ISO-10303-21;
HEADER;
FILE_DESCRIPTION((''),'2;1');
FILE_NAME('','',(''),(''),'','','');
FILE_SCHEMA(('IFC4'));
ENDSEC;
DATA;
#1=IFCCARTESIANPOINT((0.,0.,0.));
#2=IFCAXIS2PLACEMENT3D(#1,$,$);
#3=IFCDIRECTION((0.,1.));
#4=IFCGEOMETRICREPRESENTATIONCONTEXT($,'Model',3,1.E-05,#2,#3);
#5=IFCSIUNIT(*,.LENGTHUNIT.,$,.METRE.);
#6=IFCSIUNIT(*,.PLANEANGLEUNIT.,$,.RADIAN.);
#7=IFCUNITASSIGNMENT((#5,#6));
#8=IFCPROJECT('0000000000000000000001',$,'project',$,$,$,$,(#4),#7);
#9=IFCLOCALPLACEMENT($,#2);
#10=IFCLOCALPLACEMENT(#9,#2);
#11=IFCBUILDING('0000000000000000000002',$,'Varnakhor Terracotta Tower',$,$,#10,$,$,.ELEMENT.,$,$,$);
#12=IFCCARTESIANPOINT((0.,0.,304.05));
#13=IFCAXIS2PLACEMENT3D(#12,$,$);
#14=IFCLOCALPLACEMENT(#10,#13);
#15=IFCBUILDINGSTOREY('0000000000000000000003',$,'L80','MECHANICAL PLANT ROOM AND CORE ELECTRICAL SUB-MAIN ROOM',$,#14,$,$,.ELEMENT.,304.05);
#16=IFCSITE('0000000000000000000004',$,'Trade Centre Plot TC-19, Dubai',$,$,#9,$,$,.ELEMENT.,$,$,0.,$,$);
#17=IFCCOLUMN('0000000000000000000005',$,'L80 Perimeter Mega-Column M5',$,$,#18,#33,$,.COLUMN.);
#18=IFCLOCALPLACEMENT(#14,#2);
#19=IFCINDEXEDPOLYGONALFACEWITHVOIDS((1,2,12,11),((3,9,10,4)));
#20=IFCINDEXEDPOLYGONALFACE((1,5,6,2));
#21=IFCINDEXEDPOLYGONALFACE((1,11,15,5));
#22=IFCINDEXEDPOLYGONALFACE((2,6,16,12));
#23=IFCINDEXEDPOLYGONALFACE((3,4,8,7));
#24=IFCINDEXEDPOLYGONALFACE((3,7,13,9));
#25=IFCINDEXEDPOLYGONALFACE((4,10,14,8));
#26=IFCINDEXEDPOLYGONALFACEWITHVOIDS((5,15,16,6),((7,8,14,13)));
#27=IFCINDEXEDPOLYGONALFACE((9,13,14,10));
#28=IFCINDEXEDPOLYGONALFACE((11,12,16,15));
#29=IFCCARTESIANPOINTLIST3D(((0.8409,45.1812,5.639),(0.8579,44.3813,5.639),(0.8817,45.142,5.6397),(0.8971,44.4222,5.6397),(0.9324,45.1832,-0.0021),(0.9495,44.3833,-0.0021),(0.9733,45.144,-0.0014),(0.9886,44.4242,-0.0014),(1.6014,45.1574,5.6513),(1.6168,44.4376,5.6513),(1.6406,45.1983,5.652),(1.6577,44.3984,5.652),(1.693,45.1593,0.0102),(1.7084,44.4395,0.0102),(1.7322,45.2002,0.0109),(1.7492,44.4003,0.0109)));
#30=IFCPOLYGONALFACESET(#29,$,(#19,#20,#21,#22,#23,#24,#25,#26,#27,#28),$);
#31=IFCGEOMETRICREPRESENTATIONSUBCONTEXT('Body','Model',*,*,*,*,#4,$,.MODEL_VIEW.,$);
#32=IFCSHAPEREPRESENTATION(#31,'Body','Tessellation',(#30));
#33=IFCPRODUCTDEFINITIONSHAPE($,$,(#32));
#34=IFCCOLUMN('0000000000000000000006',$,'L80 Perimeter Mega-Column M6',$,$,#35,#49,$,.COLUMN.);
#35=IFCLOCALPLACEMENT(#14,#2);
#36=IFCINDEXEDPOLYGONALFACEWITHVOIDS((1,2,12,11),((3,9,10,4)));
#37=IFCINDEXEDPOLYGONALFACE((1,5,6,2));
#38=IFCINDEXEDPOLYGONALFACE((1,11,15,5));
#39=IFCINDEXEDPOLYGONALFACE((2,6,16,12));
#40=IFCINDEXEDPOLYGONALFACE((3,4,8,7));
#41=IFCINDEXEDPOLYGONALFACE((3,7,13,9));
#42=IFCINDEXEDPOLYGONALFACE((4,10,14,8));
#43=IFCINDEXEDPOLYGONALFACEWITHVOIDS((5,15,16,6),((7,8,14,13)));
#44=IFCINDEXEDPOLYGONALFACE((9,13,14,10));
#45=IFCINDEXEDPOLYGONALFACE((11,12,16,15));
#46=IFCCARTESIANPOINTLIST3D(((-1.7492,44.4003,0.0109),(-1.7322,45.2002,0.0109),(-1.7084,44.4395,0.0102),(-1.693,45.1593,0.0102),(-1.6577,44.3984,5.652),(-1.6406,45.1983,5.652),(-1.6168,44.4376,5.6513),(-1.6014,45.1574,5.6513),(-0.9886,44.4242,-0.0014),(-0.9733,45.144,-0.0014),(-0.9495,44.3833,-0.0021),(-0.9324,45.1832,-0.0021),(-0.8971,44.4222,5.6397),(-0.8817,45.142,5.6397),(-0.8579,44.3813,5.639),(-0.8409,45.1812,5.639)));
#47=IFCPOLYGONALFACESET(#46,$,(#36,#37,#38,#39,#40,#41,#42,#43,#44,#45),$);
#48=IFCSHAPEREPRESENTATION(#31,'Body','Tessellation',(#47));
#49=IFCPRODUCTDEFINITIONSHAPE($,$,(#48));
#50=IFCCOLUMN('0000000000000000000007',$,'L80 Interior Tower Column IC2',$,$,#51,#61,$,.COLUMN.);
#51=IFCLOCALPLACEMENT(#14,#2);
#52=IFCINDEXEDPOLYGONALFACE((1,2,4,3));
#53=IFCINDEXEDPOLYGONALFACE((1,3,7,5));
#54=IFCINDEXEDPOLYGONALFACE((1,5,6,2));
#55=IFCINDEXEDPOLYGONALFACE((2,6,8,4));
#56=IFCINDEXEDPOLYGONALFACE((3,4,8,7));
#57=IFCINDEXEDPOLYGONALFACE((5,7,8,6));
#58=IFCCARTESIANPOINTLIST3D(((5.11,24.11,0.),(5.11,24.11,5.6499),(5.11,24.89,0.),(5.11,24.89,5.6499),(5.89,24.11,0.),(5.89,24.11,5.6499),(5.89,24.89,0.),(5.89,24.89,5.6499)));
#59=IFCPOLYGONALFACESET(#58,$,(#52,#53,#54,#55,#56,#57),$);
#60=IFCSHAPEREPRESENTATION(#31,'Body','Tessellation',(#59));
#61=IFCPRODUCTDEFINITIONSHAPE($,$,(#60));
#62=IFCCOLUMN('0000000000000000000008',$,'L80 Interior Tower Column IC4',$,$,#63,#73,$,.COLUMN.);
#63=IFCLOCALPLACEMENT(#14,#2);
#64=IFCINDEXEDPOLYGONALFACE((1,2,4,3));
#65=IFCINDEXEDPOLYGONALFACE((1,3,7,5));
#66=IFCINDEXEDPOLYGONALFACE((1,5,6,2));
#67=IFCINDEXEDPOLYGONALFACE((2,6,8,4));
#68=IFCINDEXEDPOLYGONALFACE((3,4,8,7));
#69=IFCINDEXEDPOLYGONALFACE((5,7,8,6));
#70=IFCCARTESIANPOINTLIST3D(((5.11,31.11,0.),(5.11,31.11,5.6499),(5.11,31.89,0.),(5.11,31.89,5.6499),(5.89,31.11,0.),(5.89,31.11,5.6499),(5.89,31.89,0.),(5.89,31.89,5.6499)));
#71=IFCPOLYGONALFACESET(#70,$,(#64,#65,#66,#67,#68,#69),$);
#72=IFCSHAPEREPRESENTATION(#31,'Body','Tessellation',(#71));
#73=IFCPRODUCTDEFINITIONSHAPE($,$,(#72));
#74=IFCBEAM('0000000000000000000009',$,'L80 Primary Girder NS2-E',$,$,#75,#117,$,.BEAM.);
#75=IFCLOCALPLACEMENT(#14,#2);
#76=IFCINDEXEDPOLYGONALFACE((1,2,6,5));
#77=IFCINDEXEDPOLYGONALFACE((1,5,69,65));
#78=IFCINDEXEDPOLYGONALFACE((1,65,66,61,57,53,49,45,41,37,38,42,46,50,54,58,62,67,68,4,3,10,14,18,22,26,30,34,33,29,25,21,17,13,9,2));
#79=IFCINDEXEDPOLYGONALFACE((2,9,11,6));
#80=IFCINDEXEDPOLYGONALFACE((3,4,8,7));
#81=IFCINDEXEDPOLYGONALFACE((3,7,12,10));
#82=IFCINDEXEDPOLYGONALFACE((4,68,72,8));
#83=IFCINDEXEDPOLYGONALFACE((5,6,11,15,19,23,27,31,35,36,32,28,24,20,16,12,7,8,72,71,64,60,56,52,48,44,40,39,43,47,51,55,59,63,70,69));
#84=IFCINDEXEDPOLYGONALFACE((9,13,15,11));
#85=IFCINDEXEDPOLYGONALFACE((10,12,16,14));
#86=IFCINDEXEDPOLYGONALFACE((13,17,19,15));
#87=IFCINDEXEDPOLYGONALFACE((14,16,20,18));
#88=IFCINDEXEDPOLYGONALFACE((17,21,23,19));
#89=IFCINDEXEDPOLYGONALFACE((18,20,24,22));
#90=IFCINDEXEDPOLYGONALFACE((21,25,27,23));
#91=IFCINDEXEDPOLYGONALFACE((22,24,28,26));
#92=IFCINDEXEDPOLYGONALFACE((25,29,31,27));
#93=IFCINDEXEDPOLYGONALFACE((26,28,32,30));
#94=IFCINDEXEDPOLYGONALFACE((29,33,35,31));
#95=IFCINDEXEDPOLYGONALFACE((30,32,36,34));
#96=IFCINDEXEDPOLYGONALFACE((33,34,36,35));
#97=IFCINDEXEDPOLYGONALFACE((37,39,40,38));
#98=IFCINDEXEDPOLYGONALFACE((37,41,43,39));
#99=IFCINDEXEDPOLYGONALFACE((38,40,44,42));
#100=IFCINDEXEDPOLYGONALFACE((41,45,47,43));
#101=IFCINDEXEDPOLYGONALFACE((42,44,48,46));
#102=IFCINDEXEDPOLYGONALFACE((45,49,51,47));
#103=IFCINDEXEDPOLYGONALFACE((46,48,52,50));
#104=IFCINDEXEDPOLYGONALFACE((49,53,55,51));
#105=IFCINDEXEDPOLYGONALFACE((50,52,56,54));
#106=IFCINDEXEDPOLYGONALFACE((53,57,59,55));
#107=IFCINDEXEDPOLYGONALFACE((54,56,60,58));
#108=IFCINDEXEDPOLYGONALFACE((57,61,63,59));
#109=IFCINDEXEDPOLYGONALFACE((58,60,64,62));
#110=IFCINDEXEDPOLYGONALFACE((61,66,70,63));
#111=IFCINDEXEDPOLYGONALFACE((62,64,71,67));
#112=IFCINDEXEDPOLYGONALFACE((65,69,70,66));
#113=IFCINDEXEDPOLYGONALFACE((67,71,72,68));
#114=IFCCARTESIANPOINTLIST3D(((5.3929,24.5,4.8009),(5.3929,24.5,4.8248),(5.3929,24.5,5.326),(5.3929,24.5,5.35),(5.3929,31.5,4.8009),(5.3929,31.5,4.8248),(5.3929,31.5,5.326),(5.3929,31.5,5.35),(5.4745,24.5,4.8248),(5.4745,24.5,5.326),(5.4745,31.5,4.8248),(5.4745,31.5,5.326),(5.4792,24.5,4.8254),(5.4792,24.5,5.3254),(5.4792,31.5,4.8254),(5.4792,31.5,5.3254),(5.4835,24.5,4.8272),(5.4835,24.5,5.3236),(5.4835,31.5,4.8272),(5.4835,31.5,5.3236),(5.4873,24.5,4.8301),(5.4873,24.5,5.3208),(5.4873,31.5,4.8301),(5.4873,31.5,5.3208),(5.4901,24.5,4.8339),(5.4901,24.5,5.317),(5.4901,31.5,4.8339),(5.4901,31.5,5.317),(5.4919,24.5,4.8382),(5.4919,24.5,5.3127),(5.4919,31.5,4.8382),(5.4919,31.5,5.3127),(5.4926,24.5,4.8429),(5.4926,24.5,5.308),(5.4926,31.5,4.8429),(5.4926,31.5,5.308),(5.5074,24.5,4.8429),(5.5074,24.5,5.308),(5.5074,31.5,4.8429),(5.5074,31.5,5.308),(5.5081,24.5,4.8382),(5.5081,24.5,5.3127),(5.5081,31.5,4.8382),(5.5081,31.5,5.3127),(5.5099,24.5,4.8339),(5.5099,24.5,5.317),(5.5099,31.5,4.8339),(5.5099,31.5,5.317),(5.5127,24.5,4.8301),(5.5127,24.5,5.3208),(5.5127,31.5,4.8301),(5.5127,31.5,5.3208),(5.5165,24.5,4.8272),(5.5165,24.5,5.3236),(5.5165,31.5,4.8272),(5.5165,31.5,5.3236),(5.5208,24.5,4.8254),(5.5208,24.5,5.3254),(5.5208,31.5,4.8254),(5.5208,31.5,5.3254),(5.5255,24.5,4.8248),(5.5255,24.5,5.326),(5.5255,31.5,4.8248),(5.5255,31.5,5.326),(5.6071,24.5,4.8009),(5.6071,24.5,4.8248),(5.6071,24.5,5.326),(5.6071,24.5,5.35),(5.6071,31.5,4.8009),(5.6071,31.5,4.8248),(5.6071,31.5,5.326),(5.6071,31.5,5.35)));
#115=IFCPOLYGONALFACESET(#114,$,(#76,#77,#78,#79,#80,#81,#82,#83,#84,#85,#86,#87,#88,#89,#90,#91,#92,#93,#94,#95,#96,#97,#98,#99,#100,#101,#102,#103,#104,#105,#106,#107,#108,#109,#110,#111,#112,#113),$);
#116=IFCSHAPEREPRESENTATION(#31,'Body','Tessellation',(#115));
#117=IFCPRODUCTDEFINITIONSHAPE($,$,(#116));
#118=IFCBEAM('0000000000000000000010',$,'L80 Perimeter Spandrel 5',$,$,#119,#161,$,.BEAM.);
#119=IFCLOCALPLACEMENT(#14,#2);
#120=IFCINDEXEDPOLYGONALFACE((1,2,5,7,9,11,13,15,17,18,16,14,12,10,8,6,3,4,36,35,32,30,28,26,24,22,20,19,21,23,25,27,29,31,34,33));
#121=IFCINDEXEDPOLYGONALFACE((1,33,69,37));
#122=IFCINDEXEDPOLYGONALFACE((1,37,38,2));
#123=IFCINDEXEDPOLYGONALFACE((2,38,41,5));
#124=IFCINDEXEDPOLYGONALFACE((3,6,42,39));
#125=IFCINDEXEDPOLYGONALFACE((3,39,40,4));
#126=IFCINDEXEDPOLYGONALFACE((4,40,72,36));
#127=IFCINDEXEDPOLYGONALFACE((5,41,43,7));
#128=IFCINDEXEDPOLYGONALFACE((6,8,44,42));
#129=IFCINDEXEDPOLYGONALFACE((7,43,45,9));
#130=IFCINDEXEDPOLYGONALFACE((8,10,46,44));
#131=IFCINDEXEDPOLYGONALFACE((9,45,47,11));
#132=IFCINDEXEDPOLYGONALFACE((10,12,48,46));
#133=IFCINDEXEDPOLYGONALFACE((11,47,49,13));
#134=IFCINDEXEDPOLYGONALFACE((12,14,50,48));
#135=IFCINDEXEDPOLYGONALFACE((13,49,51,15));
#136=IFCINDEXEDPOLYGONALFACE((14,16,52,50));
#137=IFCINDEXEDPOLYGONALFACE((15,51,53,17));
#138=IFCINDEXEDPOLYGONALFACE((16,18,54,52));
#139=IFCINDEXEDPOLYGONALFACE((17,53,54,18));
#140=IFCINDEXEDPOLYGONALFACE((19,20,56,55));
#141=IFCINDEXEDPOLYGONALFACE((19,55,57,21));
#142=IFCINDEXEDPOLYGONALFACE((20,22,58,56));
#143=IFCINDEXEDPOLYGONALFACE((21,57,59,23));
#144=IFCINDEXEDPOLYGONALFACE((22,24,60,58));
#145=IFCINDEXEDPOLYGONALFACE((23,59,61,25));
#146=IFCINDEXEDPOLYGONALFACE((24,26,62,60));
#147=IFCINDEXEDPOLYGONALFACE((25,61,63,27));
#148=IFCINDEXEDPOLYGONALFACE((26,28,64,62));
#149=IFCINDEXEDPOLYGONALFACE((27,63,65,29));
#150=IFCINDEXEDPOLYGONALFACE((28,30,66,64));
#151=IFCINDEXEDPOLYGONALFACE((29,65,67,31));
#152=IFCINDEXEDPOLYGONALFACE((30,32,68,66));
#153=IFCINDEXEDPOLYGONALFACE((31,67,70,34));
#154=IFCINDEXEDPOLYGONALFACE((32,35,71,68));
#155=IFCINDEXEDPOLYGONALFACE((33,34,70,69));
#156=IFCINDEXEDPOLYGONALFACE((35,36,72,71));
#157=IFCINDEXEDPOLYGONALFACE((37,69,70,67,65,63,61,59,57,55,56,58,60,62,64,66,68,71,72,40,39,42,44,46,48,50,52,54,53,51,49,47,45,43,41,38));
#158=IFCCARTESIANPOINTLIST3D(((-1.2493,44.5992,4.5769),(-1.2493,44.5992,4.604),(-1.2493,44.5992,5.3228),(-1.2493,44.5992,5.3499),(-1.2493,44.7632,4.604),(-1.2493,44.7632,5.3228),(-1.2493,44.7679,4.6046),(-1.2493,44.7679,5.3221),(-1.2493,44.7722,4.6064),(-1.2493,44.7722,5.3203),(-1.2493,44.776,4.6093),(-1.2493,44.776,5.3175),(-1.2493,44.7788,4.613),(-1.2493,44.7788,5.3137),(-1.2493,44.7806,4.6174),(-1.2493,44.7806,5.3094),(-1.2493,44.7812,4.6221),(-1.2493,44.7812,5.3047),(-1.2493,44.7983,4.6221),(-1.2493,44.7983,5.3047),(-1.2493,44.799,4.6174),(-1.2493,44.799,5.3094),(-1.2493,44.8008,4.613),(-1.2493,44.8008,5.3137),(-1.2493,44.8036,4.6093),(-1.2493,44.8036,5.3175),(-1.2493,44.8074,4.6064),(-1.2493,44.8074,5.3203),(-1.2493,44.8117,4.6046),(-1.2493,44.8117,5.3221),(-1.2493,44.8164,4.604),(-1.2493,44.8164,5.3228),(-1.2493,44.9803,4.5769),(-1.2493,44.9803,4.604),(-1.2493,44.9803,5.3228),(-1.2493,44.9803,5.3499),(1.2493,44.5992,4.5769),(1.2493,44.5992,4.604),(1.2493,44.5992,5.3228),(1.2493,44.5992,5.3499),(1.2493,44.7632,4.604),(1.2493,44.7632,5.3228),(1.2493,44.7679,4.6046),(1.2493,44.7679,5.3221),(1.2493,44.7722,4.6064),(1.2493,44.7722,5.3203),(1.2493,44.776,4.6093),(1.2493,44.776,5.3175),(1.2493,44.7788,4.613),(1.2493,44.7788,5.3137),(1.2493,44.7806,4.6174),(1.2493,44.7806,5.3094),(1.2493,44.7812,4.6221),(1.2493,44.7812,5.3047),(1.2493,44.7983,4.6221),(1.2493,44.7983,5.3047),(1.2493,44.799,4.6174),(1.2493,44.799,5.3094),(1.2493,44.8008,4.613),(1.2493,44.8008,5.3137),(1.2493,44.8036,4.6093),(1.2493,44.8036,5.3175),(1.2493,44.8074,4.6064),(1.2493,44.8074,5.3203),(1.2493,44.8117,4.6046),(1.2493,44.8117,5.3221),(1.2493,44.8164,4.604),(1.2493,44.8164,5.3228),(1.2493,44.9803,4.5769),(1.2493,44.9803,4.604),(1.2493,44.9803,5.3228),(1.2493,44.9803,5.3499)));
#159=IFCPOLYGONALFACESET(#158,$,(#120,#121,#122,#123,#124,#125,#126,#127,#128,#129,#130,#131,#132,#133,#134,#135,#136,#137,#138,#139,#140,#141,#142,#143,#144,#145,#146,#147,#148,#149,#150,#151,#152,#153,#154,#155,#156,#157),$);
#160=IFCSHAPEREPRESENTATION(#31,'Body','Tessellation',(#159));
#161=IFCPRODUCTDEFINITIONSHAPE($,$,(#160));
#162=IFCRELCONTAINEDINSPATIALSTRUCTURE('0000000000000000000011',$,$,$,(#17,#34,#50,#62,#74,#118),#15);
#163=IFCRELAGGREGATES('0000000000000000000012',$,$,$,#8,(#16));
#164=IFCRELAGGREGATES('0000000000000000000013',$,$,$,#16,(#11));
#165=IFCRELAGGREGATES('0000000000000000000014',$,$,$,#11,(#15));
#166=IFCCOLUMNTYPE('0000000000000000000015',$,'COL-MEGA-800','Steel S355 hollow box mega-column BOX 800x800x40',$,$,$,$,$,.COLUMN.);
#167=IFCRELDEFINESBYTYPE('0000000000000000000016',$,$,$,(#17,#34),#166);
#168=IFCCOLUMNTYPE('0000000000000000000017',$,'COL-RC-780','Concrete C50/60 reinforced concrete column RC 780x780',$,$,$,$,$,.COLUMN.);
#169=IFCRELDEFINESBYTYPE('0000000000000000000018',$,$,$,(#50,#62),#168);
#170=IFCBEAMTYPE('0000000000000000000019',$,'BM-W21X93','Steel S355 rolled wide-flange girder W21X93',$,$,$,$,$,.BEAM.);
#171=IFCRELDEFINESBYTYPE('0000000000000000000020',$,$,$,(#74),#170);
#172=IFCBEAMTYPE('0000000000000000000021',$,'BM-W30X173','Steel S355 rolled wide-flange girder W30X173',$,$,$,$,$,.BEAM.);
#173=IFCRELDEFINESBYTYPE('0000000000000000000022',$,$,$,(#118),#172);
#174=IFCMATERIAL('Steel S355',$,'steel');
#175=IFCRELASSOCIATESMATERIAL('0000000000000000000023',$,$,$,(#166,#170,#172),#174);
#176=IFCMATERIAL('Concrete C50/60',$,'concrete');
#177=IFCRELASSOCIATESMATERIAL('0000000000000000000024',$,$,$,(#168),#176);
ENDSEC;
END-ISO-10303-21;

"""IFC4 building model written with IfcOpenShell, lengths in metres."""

from ifc_helpers import new_model, si_unit, direction, frame, origin, origin_2d, place, context, subcontext, project, spatial, rectangle, hollow_rectangle, i_section, extrude, source, transform, mapped, material, material_profile, profile_set, type_object, element, save


model = new_model("IFC4")

# Units and contexts
model_context = context("Model", 3, precision=1e-05, world=origin(), true_north=direction((0.0, 1.0)))
body_context = subcontext(model_context, "Body", "Model", "MODEL_VIEW")
ifc_project = project(units=[si_unit("LENGTHUNIT", "METRE"), si_unit("PLANEANGLEUNIT", "RADIAN")], contexts=[model_context])

# Site, building, storey
site_placement = place(None, origin())
site = spatial("IfcSite", under=ifc_project, at=site_placement, Name="Trade Centre Plot TC-19, Dubai", CompositionType="ELEMENT", RefElevation=0.0)
building_placement = place(site_placement, origin())
building = spatial("IfcBuilding", under=site, at=building_placement, Name="Varnakhor Terracotta Tower", CompositionType="ELEMENT")
storey_placement = place(building_placement, frame((0.0, 0.0, 304.05)))
storey = spatial("IfcBuildingStorey", under=building, at=storey_placement, Name="L80", Description="MECHANICAL PLANT ROOM AND CORE ELECTRICAL SUB-MAIN ROOM", CompositionType="ELEMENT", Elevation=304.05)

# Columns
ifc_material_1 = material(Name="Steel S355", Category="steel")
ifc_material_profile_1 = material_profile(ifc_material_1, hollow_rectangle(XDim=0.8, YDim=0.8, WallThickness=0.04, at=origin_2d()), Name="BOX 800x800x40")
ifc_profile_set_1 = profile_set([ifc_material_profile_1], Name="Steel S355")
column_type_1 = type_object("IfcColumnType", Name="COL-MEGA-800", Description="Steel S355 hollow box mega-column BOX 800x800x40", PredefinedType="COLUMN", material=ifc_profile_set_1)
shared_shape_1 = source(origin(), body_context, "Body", "SweptSolid", [
    extrude(hollow_rectangle(XDim=0.8, YDim=0.8, WallThickness=0.04, at=origin_2d()), origin(), (0.0, 0.0, 1.0), 5.6418),
])
for number, where, z_axis, x_axis, name in (
    (1, (1.3408, 44.7917, 0.0044), (-0.016227, -0.000346, 0.999868), (0.021328, -0.999773, 0.0), "L80 Perimeter Mega-Column M5"),
    (2, (-1.3408, 44.7917, 0.0044), (0.016227, -0.000346, 0.999868), (0.021328, 0.999773, 0.0), "L80 Perimeter Mega-Column M6"),
):
    element("IfcColumn", number, at=place(storey_placement, frame(where, z_axis=z_axis, x_axis=x_axis)), inside=storey, type_object=column_type_1, Name=name, PredefinedType="COLUMN", context=body_context, shape_type="MappedRepresentation", body=[
        mapped(shared_shape_1, transform((0.0, 0.0, 0.0), scale=1.0)),
    ])
ifc_material_2 = material(Name="Concrete C50/60", Category="concrete")
ifc_material_profile_2 = material_profile(ifc_material_2, rectangle(XDim=0.78, YDim=0.78, at=origin_2d()), Name="RC 780x780")
ifc_profile_set_2 = profile_set([ifc_material_profile_2], Name="Concrete C50/60")
column_type_2 = type_object("IfcColumnType", Name="COL-RC-780", Description="Concrete C50/60 reinforced concrete column RC 780x780", PredefinedType="COLUMN", material=ifc_profile_set_2)
shared_shape_2 = source(origin(), body_context, "Body", "SweptSolid", [
    extrude(rectangle(XDim=0.78, YDim=0.78, at=origin_2d()), origin(), (0.0, 0.0, 1.0), 5.6499),
])
for number, where, z_axis, x_axis, name in (
    (3, (5.5, 24.5, 0.0), (0.0, 0.0, 1.0), (1.0, 0.0, 0.0), "L80 Interior Tower Column IC2"),
    (4, (5.5, 31.5, 0.0), (0.0, 0.0, 1.0), (1.0, 0.0, 0.0), "L80 Interior Tower Column IC4"),
):
    element("IfcColumn", number, at=place(storey_placement, frame(where, z_axis=z_axis, x_axis=x_axis)), inside=storey, type_object=column_type_2, Name=name, PredefinedType="COLUMN", context=body_context, shape_type="MappedRepresentation", body=[
        mapped(shared_shape_2, transform((0.0, 0.0, 0.0), scale=1.0)),
    ])

# Beams
ifc_material_profile_3 = material_profile(ifc_material_1, i_section(OverallWidth=0.2141, OverallDepth=0.5491, WebThickness=0.0149, FlangeThickness=0.0239, FilletRadius=0.0181, at=origin_2d()), Name="W21X93")
ifc_profile_set_3 = profile_set([ifc_material_profile_3], Name="Steel S355")
beam_type_1 = type_object("IfcBeamType", Name="BM-W21X93", Description="Steel S355 rolled wide-flange girder W21X93", PredefinedType="BEAM", material=ifc_profile_set_3)
shared_shape_3 = source(origin(), body_context, "Body", "SweptSolid", [
    extrude(i_section(OverallWidth=0.2141, OverallDepth=0.5491, WebThickness=0.0149, FlangeThickness=0.0239, FilletRadius=0.0181, at=origin_2d()), origin(), (0.0, 0.0, 1.0), 7.0),
])
beam_1_placement = place(storey_placement, frame((5.5, 24.5, 5.0754), z_axis=(0.0, 1.0, 0.0), x_axis=(-1.0, 0.0, 0.0)))
element("IfcBeam", 5, at=beam_1_placement, inside=storey, type_object=beam_type_1, Name="L80 Primary Girder NS2-E", PredefinedType="BEAM", context=body_context, shape_type="MappedRepresentation", body=[
    mapped(shared_shape_3, transform((0.0, 0.0, 0.0), scale=1.0)),
])
ifc_material_profile_4 = material_profile(ifc_material_1, i_section(OverallWidth=0.3811, OverallDepth=0.7729, WebThickness=0.0171, FlangeThickness=0.0271, FilletRadius=0.0181, at=origin_2d()), Name="W30X173")
ifc_profile_set_4 = profile_set([ifc_material_profile_4], Name="Steel S355")
beam_type_2 = type_object("IfcBeamType", Name="BM-W30X173", Description="Steel S355 rolled wide-flange girder W30X173", PredefinedType="BEAM", material=ifc_profile_set_4)
shared_shape_4 = source(origin(), body_context, "Body", "SweptSolid", [
    extrude(i_section(OverallWidth=0.3811, OverallDepth=0.7729, WebThickness=0.0171, FlangeThickness=0.0271, FilletRadius=0.0181, at=origin_2d()), origin(), (0.0, 0.0, 1.0), 2.4985),
])
beam_2_placement = place(storey_placement, frame((1.2493, 44.7898, 4.9634), z_axis=(-1.0, 0.0, 0.0), x_axis=(0.0, -1.0, 0.0)))
element("IfcBeam", 6, at=beam_2_placement, inside=storey, type_object=beam_type_2, Name="L80 Perimeter Spandrel 5", PredefinedType="BEAM", context=body_context, shape_type="MappedRepresentation", body=[
    mapped(shared_shape_4, transform((0.0, 0.0, 0.0), scale=1.0)),
])

save(model, "model.ifc")
